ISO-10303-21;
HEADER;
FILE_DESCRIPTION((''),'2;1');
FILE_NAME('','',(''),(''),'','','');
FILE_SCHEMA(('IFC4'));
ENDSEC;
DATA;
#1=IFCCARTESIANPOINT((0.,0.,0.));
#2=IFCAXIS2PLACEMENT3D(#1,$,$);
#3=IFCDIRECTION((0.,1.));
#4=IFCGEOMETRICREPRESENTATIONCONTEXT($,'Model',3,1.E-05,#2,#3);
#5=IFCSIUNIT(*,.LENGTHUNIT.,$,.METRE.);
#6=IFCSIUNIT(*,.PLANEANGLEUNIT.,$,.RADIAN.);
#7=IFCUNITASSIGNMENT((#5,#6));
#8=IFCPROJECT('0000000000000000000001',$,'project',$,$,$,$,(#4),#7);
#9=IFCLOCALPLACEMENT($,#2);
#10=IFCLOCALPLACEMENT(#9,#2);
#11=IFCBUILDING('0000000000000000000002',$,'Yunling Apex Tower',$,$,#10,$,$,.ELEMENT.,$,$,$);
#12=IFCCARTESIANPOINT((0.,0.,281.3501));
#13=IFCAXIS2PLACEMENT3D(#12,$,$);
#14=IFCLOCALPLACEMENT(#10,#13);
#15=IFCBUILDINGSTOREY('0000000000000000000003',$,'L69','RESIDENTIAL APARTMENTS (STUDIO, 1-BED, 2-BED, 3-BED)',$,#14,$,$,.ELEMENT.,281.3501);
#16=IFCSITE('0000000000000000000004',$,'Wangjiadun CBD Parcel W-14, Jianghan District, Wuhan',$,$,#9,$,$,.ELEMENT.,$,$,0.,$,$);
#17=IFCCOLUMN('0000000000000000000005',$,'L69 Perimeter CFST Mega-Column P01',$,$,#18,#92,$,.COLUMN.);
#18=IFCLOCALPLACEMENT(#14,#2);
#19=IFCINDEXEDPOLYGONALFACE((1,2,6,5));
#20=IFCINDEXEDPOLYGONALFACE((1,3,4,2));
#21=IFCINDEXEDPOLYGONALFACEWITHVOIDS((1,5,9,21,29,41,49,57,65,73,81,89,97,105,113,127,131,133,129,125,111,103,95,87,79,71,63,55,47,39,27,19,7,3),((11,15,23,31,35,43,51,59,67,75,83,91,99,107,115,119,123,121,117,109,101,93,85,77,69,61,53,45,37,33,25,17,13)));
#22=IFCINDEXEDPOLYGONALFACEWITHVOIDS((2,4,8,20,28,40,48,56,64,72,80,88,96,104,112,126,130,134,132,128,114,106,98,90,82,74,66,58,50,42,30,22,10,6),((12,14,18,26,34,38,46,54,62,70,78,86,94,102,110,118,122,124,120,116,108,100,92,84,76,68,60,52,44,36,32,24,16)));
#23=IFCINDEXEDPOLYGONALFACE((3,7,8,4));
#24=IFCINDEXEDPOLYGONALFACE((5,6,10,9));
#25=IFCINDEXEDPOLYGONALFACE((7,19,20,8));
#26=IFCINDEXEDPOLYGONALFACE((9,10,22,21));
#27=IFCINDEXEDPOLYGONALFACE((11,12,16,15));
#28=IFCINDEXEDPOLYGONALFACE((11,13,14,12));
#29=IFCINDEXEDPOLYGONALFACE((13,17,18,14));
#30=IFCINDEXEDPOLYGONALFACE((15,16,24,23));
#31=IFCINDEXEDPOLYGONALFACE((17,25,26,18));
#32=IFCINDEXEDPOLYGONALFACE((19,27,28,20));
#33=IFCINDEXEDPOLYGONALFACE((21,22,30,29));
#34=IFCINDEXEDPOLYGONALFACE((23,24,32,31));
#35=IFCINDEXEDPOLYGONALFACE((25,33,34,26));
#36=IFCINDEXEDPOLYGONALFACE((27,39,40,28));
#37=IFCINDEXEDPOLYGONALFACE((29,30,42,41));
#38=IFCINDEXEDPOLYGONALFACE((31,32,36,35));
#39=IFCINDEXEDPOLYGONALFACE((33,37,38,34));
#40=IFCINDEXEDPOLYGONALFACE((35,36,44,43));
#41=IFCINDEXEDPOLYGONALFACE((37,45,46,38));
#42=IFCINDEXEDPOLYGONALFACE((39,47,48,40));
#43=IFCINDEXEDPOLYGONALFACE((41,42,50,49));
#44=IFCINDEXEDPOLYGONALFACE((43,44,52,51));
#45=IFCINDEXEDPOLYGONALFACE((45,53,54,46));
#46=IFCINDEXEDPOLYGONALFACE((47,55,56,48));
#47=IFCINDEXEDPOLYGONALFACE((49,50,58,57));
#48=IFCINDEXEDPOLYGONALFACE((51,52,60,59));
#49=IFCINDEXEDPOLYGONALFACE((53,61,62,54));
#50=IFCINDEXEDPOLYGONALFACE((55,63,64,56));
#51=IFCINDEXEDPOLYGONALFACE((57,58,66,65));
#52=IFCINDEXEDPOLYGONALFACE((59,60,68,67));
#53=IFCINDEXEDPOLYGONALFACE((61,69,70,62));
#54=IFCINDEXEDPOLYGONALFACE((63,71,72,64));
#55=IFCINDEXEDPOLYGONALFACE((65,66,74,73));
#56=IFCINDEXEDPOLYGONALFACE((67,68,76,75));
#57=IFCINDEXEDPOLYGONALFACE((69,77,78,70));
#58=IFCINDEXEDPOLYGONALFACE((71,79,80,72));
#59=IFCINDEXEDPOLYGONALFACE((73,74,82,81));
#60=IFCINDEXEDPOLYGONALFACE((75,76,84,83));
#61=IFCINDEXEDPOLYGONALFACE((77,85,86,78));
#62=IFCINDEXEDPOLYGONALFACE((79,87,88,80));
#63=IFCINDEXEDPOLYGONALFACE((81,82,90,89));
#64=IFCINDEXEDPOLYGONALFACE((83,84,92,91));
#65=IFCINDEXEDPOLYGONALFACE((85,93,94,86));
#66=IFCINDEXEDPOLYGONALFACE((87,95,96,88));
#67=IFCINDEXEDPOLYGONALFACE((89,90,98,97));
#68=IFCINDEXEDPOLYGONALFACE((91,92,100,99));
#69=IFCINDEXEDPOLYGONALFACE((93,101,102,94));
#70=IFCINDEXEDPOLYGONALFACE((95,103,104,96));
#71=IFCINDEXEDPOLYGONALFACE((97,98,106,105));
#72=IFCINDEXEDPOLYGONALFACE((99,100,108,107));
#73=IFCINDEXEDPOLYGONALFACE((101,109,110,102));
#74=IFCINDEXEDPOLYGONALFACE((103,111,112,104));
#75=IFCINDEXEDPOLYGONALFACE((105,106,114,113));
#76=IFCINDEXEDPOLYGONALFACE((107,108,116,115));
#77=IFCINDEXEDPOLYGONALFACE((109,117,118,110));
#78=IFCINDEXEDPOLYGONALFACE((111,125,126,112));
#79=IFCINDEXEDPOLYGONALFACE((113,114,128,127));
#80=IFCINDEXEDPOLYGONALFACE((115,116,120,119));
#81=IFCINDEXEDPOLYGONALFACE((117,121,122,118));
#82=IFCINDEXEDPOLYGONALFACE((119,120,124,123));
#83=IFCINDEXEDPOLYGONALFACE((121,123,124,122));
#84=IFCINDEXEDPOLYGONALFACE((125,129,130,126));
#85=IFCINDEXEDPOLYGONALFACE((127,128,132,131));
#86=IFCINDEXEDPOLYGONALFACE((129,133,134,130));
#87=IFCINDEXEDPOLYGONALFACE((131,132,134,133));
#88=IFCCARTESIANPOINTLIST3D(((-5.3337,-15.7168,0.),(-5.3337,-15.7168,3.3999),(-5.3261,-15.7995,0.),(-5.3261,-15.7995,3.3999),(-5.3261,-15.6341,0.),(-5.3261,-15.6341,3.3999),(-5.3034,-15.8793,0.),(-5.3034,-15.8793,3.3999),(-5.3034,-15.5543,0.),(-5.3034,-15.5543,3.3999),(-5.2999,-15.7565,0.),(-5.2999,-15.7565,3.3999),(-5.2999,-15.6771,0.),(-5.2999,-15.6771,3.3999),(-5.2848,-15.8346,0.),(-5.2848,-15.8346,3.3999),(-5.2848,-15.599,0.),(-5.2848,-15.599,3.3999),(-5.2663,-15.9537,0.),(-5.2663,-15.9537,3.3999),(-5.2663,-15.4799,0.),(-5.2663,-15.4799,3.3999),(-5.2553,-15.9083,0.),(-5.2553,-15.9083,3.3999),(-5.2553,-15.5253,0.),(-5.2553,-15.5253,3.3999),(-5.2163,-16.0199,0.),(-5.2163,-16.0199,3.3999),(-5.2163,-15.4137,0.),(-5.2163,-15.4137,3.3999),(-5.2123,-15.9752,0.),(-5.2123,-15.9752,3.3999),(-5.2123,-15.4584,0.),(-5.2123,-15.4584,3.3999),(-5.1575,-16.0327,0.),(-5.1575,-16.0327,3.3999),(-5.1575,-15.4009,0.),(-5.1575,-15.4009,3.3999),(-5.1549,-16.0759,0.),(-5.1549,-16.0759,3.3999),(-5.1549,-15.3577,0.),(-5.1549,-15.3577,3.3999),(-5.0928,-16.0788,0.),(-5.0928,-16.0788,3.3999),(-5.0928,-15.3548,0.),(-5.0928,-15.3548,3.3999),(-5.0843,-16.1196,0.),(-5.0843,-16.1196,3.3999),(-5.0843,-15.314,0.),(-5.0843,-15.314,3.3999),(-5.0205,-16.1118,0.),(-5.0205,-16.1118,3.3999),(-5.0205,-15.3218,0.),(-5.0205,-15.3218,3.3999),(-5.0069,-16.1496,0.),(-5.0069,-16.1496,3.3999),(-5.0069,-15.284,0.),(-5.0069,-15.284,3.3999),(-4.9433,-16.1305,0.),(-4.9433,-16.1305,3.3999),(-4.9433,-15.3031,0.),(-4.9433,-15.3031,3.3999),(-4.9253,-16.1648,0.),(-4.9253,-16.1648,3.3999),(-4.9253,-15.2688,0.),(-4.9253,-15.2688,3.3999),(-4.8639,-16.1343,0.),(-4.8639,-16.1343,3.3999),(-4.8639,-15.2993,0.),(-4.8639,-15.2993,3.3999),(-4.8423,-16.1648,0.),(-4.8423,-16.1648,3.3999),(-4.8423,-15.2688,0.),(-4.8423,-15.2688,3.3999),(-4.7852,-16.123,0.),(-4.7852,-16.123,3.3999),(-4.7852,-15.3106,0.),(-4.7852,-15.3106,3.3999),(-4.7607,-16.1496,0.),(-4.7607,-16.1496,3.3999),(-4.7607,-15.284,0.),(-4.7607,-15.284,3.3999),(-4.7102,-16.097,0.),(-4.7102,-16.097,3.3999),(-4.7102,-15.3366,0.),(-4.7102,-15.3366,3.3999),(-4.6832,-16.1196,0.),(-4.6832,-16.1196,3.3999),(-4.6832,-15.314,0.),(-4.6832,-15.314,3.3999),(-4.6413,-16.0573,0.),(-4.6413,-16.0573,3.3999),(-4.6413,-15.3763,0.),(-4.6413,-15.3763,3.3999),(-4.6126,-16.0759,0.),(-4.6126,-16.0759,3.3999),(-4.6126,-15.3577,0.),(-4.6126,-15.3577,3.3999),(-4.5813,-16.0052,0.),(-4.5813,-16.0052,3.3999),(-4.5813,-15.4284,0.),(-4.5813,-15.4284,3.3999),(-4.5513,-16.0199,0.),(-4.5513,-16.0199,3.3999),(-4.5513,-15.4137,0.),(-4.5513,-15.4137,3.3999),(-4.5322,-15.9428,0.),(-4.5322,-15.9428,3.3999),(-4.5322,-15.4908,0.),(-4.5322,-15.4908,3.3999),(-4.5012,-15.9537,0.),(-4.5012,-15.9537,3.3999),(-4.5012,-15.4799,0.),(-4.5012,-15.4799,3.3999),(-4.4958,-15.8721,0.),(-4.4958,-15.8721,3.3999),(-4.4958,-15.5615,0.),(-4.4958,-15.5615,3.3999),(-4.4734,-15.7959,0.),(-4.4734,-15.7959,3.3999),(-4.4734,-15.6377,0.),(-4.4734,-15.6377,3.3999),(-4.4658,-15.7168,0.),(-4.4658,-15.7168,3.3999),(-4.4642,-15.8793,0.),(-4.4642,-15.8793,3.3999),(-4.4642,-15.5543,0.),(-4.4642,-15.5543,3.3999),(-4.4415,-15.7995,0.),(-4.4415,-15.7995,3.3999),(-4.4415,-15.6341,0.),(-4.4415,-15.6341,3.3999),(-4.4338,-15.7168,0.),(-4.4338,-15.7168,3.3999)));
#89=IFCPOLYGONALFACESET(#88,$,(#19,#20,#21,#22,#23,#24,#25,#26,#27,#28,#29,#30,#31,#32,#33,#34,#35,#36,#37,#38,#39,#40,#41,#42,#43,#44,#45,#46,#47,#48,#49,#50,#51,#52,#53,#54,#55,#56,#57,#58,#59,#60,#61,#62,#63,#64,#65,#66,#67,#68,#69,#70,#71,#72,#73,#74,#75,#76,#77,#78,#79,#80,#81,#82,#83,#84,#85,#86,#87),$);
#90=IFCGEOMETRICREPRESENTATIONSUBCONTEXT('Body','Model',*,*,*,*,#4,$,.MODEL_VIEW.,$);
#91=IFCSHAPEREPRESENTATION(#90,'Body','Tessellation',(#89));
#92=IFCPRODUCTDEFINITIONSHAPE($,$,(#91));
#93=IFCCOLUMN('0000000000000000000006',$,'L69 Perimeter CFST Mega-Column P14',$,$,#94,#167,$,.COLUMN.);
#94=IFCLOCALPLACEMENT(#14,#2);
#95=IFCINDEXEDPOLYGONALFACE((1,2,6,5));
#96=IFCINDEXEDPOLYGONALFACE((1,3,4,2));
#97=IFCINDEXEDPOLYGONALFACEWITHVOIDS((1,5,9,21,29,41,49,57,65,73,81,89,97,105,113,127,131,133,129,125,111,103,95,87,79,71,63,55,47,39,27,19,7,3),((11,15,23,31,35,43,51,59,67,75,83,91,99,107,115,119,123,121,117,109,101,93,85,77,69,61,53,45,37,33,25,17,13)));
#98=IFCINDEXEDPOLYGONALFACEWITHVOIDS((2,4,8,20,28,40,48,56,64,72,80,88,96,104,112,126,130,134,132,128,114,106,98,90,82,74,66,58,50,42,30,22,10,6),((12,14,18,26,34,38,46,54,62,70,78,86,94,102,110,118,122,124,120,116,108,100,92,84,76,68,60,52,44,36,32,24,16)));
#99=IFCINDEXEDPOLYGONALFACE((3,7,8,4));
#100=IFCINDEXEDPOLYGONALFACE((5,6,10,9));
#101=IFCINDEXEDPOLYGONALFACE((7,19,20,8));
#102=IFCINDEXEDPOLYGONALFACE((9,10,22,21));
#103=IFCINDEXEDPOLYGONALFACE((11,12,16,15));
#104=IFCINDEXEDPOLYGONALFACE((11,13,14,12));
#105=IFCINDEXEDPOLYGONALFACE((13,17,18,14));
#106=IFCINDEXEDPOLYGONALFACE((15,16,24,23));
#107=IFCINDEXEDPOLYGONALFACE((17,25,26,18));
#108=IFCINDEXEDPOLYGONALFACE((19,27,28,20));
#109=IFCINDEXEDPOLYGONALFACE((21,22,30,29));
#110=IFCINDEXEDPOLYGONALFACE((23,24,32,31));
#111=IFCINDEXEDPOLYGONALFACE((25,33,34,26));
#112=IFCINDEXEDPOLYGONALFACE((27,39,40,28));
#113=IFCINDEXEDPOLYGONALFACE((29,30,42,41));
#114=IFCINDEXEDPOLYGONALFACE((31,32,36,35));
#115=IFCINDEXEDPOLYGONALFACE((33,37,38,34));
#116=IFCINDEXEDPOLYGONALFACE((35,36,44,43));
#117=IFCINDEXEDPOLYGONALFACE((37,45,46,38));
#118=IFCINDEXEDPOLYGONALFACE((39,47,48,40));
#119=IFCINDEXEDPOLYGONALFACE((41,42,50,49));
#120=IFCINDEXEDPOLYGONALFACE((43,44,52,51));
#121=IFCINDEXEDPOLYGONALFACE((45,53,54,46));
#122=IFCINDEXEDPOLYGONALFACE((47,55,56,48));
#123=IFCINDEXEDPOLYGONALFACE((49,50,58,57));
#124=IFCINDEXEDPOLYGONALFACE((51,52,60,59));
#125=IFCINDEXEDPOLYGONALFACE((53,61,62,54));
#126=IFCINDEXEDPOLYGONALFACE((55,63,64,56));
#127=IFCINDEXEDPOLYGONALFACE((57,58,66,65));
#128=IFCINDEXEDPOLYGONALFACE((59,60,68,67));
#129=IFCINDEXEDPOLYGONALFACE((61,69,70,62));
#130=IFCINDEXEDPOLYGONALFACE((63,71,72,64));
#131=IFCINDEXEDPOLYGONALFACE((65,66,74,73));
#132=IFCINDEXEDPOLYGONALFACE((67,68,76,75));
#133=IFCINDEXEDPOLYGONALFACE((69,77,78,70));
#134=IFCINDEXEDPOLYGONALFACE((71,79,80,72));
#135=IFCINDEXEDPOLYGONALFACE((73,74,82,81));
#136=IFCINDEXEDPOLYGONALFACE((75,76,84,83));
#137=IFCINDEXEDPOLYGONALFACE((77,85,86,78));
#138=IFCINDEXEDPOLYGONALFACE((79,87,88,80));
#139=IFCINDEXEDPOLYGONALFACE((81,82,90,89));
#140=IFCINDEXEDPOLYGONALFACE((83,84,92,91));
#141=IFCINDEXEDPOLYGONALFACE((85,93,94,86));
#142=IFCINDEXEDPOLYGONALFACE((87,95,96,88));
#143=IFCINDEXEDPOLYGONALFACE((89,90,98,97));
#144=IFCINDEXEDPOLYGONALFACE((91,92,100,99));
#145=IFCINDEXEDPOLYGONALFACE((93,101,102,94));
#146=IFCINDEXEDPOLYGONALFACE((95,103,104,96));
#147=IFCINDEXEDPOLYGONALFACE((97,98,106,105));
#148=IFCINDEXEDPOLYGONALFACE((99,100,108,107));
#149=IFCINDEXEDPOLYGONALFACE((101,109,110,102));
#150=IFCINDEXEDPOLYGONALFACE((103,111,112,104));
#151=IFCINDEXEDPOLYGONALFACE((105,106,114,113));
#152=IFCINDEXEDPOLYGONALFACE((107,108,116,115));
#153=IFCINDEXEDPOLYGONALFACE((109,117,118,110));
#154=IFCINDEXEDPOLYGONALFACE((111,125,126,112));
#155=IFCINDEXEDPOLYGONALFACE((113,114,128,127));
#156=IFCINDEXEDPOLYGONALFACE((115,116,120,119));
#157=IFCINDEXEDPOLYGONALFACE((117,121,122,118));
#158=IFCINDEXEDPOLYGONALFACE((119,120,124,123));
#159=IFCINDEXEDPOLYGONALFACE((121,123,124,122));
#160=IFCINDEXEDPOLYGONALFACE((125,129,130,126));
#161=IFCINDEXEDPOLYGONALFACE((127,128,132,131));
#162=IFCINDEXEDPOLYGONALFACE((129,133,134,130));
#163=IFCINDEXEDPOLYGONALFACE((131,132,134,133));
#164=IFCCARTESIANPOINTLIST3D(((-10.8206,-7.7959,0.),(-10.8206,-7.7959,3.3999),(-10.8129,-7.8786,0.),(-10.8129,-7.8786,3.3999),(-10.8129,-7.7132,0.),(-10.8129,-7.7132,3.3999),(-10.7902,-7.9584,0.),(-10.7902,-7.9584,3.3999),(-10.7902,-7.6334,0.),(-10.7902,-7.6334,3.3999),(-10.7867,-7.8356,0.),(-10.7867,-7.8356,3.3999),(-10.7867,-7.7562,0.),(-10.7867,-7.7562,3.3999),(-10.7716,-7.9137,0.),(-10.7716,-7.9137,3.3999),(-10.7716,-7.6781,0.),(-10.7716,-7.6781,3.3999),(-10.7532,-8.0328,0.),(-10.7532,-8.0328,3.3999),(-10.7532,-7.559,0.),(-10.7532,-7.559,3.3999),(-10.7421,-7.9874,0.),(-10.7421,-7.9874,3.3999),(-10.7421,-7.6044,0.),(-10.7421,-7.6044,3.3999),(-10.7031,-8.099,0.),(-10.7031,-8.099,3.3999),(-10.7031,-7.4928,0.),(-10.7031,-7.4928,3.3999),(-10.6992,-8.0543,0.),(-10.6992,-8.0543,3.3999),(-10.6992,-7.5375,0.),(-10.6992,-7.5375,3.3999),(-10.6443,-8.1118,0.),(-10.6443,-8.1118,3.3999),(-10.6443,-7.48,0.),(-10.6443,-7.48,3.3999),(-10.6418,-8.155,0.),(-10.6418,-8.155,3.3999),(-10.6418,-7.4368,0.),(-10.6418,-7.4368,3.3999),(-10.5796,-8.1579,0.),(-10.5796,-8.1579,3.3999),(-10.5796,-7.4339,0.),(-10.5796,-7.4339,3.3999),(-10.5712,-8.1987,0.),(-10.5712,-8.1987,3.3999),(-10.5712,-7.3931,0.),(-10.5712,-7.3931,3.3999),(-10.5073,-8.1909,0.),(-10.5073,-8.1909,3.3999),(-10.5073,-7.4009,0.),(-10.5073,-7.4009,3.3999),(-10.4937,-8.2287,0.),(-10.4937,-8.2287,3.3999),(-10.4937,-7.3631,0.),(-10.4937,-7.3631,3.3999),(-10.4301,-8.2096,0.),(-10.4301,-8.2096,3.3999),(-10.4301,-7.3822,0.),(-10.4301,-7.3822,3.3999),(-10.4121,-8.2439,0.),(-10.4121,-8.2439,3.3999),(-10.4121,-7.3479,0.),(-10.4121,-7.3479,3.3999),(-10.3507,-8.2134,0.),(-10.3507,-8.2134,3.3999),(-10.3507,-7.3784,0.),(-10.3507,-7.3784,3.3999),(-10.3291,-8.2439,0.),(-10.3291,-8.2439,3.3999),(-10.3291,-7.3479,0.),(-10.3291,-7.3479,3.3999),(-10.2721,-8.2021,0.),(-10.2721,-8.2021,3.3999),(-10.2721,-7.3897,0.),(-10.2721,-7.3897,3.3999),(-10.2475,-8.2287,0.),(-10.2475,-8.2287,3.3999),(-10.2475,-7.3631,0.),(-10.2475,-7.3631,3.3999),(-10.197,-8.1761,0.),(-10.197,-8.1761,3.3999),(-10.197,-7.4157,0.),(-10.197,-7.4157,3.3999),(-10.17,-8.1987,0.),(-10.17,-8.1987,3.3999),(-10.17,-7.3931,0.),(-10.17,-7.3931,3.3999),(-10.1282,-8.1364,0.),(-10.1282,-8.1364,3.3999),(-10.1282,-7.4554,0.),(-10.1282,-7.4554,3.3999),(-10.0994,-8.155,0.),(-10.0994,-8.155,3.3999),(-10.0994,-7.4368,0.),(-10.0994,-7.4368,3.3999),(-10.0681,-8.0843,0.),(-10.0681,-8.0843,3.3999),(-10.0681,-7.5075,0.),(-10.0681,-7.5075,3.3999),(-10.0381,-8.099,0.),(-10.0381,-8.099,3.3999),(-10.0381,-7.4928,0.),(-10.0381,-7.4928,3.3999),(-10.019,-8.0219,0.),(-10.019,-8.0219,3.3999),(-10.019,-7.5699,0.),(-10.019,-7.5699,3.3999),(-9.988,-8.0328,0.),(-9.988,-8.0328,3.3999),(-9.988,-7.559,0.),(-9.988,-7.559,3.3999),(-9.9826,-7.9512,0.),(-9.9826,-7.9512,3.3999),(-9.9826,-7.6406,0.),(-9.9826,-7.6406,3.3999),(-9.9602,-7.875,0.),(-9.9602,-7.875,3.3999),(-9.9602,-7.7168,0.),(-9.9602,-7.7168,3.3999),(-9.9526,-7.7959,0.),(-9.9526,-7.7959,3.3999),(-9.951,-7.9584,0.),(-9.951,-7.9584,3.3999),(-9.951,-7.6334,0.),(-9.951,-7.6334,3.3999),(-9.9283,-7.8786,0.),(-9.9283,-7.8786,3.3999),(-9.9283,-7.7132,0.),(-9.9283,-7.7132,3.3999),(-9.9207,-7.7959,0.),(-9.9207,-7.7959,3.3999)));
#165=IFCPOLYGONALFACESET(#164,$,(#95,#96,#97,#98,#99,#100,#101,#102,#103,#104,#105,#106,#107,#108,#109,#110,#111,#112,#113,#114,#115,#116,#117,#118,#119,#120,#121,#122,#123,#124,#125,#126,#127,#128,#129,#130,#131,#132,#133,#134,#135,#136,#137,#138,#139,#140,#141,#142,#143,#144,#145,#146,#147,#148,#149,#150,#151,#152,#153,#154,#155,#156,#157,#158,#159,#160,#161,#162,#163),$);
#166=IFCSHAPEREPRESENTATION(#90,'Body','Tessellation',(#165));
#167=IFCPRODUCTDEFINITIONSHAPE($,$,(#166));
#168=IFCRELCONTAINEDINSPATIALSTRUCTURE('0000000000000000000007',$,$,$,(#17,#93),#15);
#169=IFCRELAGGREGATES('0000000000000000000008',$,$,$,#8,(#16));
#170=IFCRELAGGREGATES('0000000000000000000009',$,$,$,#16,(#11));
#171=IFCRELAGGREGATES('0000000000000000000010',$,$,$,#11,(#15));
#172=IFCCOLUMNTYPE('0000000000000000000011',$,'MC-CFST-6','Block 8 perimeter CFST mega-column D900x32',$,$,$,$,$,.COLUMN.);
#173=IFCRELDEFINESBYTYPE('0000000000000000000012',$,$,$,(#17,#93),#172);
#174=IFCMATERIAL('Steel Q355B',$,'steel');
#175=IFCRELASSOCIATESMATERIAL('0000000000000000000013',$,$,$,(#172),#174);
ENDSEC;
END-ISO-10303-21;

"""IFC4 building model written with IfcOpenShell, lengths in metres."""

from ifc_helpers import new_model, si_unit, direction, frame, origin, origin_2d, place, context, subcontext, project, spatial, hollow_circle, extrude, source, transform, mapped, material, material_profile, profile_set, type_object, element, save


model = new_model("IFC4")

# Units and contexts
model_context = context("Model", 3, precision=1e-05, world=origin(), true_north=direction((0.0, 1.0)))
body_context = subcontext(model_context, "Body", "Model", "MODEL_VIEW")
ifc_project = project(units=[si_unit("LENGTHUNIT", "METRE"), si_unit("PLANEANGLEUNIT", "RADIAN")], contexts=[model_context])

# Site, building, storey
site_placement = place(None, origin())
site = spatial("IfcSite", under=ifc_project, at=site_placement, Name="Wangjiadun CBD Parcel W-14, Jianghan District, Wuhan", CompositionType="ELEMENT", RefElevation=0.0)
building_placement = place(site_placement, origin())
building = spatial("IfcBuilding", under=site, at=building_placement, Name="Yunling Apex Tower", CompositionType="ELEMENT")
storey_placement = place(building_placement, frame((0.0, 0.0, 281.3501)))
storey = spatial("IfcBuildingStorey", under=building, at=storey_placement, Name="L69", Description="RESIDENTIAL APARTMENTS (STUDIO, 1-BED, 2-BED, 3-BED)", CompositionType="ELEMENT", Elevation=281.3501)

# Columns
ifc_material_1 = material(Name="Steel Q355B", Category="steel")
ifc_material_profile_1 = material_profile(ifc_material_1, hollow_circle(Radius=0.45, WallThickness=0.032, at=origin_2d()))
ifc_profile_set_1 = profile_set([ifc_material_profile_1], Name="Steel Q355B")
column_type = type_object("IfcColumnType", Name="MC-CFST-6", Description="Block 8 perimeter CFST mega-column D900x32", PredefinedType="COLUMN", material=ifc_profile_set_1)
shared_shape_1 = source(origin(), body_context, "Body", "SweptSolid", [
    extrude(hollow_circle(Radius=0.45, WallThickness=0.032, at=origin_2d()), origin(), (0.0, 0.0, 1.0), 3.3999),
])
for number, where, z_axis, x_axis, name in (
    (1, (-4.8838, -15.7168, 0.0), (0.0, 0.0, 1.0), (1.0, 0.0, 0.0), "L69 Perimeter CFST Mega-Column P01"),
    (2, (-10.3706, -7.7959, 0.0), (0.0, 0.0, 1.0), (1.0, 0.0, 0.0), "L69 Perimeter CFST Mega-Column P14"),
):
    element("IfcColumn", number, at=place(storey_placement, frame(where, z_axis=z_axis, x_axis=x_axis)), inside=storey, type_object=column_type, Name=name, PredefinedType="COLUMN", context=body_context, shape_type="MappedRepresentation", body=[
        mapped(shared_shape_1, transform((0.0, 0.0, 0.0), scale=1.0)),
    ])

save(model, "model.ifc")
